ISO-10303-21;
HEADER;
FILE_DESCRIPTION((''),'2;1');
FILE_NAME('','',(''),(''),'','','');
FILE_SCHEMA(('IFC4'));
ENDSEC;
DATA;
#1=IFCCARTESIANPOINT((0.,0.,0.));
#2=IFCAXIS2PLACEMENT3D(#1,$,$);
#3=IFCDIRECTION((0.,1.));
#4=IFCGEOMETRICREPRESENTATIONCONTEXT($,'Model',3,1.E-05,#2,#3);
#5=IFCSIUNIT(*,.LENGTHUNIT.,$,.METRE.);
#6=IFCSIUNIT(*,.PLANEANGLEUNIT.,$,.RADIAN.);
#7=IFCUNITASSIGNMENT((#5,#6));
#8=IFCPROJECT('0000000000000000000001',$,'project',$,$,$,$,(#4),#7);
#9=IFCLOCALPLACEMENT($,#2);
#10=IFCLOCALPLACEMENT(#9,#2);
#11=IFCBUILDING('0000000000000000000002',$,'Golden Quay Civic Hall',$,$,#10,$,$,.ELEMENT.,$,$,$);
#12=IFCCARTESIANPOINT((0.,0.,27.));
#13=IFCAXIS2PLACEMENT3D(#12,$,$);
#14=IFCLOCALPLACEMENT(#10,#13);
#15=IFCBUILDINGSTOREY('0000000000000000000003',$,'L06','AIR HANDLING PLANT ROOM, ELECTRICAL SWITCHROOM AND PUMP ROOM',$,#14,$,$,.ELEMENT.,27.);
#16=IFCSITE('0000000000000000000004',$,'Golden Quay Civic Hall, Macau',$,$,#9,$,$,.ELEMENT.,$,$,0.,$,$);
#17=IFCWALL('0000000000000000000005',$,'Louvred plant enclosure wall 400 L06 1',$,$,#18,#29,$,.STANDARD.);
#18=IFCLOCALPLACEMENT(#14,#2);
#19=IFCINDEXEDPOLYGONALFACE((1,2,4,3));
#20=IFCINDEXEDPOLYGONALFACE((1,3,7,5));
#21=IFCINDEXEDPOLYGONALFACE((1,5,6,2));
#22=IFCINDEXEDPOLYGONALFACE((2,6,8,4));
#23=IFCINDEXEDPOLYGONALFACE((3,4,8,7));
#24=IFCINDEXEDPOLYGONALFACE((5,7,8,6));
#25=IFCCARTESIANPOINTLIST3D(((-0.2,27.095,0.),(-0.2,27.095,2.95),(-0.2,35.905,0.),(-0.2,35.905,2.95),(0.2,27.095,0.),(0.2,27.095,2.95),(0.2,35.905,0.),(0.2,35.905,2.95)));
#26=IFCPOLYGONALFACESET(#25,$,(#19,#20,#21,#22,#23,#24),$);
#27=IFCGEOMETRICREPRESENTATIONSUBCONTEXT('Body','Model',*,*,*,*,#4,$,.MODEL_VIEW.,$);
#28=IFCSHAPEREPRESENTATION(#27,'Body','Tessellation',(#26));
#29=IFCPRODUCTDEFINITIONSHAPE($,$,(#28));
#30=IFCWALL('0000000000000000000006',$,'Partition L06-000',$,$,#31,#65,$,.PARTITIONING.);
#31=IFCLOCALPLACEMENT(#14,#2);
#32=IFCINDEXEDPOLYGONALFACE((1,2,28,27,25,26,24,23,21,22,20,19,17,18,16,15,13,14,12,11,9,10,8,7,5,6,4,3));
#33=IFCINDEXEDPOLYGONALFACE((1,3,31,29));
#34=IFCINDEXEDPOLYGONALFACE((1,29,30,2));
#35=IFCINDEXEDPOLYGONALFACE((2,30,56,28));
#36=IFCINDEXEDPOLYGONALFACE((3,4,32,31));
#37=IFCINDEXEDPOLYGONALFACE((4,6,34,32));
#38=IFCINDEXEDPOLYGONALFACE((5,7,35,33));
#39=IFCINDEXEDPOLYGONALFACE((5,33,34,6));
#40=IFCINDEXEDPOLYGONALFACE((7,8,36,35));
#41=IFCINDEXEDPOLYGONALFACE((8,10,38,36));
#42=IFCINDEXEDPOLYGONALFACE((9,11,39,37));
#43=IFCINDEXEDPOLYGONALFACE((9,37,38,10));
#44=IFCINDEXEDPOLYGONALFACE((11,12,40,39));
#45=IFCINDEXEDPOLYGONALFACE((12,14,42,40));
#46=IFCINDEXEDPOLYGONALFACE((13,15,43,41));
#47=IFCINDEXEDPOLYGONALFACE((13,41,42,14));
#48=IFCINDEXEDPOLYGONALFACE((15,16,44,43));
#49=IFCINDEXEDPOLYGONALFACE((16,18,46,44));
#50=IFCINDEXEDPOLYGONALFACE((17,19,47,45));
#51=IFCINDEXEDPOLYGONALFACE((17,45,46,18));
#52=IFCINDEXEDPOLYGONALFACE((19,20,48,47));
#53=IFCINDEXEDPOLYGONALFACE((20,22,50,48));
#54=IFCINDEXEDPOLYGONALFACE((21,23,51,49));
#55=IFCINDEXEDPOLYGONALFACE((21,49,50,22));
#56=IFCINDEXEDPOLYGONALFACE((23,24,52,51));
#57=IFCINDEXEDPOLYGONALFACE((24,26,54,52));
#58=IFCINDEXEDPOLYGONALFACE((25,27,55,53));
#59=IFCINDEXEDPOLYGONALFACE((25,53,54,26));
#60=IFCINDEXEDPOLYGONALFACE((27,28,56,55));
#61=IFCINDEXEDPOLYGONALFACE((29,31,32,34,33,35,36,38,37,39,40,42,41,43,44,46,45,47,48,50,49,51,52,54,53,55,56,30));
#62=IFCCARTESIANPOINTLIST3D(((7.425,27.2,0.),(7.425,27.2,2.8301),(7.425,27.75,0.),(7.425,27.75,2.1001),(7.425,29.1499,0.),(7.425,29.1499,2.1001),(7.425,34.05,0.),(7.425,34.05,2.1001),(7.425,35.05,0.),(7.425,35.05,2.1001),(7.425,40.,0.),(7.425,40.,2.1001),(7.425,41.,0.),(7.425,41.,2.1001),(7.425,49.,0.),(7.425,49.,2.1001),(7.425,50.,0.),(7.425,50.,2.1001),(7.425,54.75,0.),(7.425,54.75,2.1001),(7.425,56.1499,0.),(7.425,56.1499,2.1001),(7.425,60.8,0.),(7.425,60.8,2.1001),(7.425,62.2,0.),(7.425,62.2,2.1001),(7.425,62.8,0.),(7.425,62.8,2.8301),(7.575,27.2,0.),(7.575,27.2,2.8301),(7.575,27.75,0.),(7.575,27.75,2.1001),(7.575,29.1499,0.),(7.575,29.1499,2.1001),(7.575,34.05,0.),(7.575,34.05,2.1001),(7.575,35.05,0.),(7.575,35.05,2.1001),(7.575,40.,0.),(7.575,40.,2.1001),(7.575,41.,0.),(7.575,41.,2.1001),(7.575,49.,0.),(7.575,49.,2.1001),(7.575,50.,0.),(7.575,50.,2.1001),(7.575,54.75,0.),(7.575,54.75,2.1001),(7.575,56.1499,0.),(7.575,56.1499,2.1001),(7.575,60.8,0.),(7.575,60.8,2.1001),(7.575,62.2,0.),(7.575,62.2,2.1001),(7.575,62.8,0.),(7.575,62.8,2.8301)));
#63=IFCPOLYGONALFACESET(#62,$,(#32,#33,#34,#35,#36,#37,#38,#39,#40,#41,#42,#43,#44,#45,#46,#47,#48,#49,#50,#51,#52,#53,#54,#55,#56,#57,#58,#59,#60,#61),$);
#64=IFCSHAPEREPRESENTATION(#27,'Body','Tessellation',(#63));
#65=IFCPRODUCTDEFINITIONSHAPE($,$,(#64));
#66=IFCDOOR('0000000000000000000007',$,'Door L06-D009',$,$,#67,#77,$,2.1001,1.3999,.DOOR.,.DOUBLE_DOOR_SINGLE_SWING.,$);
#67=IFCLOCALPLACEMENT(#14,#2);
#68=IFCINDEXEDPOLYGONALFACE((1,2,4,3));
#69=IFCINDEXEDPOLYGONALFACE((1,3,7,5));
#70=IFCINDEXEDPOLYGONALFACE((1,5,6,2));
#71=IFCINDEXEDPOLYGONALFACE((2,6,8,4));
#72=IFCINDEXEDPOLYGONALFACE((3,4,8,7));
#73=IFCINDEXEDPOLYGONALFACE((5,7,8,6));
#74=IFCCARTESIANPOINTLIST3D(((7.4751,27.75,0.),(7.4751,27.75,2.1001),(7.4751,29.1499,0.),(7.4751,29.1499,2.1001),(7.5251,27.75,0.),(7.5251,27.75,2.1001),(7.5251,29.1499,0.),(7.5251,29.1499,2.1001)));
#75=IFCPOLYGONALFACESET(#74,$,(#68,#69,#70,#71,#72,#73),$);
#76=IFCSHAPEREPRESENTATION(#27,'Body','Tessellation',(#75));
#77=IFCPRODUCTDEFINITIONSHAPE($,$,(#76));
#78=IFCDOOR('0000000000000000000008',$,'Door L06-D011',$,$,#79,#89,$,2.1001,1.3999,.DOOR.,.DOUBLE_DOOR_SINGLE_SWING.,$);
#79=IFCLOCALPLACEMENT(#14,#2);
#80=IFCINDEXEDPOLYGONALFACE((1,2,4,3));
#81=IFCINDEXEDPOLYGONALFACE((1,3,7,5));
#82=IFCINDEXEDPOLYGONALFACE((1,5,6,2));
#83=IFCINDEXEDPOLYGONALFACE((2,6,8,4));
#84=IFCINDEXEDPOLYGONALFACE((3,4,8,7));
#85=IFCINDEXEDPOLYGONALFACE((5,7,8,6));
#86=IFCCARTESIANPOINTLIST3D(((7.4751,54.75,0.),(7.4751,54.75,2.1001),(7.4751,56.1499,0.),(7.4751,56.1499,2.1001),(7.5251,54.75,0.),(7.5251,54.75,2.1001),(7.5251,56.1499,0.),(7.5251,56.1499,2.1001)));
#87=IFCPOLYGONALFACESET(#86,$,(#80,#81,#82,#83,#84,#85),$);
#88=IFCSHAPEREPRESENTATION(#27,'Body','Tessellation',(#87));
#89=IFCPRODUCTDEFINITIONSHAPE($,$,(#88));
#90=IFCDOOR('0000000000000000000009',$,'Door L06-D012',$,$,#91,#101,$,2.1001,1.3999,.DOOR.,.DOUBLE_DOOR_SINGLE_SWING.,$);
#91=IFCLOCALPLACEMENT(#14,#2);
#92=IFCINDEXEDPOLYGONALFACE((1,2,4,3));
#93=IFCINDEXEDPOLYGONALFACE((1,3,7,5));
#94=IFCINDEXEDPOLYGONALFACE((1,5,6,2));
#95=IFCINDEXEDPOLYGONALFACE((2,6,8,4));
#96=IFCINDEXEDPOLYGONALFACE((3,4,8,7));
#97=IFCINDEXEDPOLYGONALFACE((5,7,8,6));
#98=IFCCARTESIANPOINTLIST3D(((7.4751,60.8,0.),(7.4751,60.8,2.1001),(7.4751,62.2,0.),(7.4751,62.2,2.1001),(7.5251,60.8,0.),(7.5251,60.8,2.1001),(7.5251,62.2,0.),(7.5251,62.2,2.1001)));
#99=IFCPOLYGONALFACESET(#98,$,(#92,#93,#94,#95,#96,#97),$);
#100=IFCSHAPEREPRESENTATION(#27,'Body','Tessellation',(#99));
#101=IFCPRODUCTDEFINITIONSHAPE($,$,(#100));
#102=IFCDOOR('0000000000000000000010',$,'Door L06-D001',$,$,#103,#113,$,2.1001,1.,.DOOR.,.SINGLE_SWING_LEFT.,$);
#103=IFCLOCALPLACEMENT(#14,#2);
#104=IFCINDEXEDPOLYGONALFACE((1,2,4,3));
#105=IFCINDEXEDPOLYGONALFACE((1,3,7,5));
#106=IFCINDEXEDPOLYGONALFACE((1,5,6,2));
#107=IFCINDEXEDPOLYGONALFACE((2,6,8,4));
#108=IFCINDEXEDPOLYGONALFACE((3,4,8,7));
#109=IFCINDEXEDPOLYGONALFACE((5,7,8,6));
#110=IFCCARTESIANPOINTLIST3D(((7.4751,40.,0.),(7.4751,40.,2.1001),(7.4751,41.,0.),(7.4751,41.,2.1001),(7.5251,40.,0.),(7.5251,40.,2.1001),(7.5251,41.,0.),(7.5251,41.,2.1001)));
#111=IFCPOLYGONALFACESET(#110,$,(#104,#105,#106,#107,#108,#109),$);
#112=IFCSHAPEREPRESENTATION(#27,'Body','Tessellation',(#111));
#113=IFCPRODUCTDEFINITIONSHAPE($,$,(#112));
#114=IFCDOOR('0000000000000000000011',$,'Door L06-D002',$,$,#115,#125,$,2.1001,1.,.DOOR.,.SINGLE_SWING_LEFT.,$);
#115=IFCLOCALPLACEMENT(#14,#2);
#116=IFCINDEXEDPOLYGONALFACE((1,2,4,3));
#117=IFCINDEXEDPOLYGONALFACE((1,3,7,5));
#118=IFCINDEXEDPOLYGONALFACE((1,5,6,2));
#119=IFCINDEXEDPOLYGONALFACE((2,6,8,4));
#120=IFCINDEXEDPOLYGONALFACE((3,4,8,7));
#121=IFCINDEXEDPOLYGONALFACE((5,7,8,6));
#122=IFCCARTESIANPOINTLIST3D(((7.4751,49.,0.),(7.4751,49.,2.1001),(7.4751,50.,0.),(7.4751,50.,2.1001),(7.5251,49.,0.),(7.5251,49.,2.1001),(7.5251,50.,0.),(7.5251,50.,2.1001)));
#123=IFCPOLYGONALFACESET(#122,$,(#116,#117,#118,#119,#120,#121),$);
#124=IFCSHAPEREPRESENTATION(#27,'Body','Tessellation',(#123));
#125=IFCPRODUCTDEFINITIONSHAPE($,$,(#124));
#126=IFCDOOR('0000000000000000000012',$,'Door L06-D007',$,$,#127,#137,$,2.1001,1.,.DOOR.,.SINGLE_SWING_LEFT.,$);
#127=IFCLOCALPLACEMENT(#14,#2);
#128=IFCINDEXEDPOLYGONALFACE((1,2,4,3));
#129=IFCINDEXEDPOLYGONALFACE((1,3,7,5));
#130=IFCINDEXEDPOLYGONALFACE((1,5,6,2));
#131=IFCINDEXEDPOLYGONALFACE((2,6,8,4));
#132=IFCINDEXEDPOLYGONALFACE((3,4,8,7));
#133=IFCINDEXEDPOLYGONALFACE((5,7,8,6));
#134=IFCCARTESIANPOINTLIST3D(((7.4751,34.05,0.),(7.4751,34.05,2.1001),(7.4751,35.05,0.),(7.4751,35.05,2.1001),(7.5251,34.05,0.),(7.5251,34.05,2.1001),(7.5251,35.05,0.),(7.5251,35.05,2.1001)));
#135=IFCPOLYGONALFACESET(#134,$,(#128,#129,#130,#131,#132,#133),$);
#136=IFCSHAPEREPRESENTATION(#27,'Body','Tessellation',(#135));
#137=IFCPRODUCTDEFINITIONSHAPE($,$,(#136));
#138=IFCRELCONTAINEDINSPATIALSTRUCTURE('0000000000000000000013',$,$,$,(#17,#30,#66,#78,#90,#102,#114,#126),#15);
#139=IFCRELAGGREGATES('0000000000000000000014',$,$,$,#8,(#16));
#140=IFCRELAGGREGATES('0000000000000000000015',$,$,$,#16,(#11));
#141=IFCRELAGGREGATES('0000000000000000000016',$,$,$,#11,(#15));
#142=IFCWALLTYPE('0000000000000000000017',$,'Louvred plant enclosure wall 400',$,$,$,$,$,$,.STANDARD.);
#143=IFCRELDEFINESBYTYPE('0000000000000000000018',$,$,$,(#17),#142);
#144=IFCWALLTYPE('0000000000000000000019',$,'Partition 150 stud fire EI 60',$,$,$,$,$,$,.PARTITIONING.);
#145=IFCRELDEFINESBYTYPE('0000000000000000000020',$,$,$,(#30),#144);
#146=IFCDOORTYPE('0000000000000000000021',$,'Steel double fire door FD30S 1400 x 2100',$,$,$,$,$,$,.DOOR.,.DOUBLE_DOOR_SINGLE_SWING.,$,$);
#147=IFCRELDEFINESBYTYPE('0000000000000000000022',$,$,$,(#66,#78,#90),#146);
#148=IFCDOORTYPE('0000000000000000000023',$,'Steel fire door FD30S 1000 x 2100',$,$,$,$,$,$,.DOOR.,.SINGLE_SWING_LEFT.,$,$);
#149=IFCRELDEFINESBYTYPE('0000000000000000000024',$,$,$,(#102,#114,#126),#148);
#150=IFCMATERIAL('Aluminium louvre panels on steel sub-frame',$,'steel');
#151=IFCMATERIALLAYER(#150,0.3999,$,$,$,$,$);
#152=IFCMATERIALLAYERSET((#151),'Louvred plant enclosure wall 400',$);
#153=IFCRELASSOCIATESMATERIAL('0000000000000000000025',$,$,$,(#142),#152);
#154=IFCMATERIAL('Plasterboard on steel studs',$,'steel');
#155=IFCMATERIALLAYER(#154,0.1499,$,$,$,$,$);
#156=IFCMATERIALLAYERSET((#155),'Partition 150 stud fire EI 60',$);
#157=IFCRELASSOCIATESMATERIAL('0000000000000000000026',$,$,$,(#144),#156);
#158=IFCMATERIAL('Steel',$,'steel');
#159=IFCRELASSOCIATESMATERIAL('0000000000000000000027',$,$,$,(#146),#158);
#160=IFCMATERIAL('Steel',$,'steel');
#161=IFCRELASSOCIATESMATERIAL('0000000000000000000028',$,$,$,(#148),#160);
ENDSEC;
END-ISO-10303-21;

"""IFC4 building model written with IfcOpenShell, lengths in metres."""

from ifc_helpers import new_model, si_unit, direction, frame, frame_2d, origin, place, context, subcontext, project, spatial, rectangle, extrude, material, layer, layer_set, type_object, element, fill, save


model = new_model("IFC4")

# Units and contexts
model_context = context("Model", 3, precision=1e-05, world=origin(), true_north=direction((0.0, 1.0)))
body_context = subcontext(model_context, "Body", "Model", "MODEL_VIEW")
ifc_project = project(units=[si_unit("LENGTHUNIT", "METRE"), si_unit("PLANEANGLEUNIT", "RADIAN")], contexts=[model_context])

# Site, building, storey
site_placement = place(None, origin())
site = spatial("IfcSite", under=ifc_project, at=site_placement, Name="Golden Quay Civic Hall, Macau", CompositionType="ELEMENT", RefElevation=0.0)
building_placement = place(site_placement, origin())
building = spatial("IfcBuilding", under=site, at=building_placement, Name="Golden Quay Civic Hall", CompositionType="ELEMENT")
storey_placement = place(building_placement, frame((0.0, 0.0, 27.0)))
storey = spatial("IfcBuildingStorey", under=building, at=storey_placement, Name="L06", Description="AIR HANDLING PLANT ROOM, ELECTRICAL SWITCHROOM AND PUMP ROOM", CompositionType="ELEMENT", Elevation=27.0)

# Wall
ifc_material_1 = material(Name="Aluminium louvre panels on steel sub-frame", Category="steel")
ifc_layer_1 = layer(ifc_material_1, 0.3999)
ifc_layer_set_1 = layer_set([ifc_layer_1], Name="Louvred plant enclosure wall 400")
wall_type_1 = type_object("IfcWallType", Name="Louvred plant enclosure wall 400", PredefinedType="STANDARD", material=ifc_layer_set_1)
wall_1_placement = place(storey_placement, frame((0.0, 27.095, 0.0), z_axis=(0.0, 0.0, 1.0), x_axis=(0.0, 1.0, 0.0)))
element("IfcWall", 1, at=wall_1_placement, inside=storey, type_object=wall_type_1, Name="Louvred plant enclosure wall 400 L06 1", PredefinedType="STANDARD", context=body_context, shape_type="SweptSolid", body=[
    extrude(rectangle(XDim=8.8101, YDim=0.3999, at=frame_2d((4.405, 0.0))), origin(), (0.0, 0.0, 1.0), 2.95),
])

# Wall, openings, doors
ifc_material_2 = material(Name="Plasterboard on steel studs", Category="steel")
ifc_layer_2 = layer(ifc_material_2, 0.1499)
ifc_layer_set_2 = layer_set([ifc_layer_2], Name="Partition 150 stud fire EI 60")
wall_type_2 = type_object("IfcWallType", Name="Partition 150 stud fire EI 60", PredefinedType="PARTITIONING", material=ifc_layer_set_2)
wall_2_placement = place(storey_placement, frame((7.5, 27.2, 0.0), z_axis=(0.0, 0.0, 1.0), x_axis=(0.0, 1.0, 0.0)))
wall_2 = element("IfcWall", 2, at=wall_2_placement, inside=storey, type_object=wall_type_2, Name="Partition L06-000", PredefinedType="PARTITIONING", context=body_context, shape_type="SweptSolid", body=[
    extrude(rectangle(XDim=35.6001, YDim=0.1499, at=frame_2d((17.8, 0.0))), origin(), (0.0, 0.0, 1.0), 2.8301),
])
opening_1_placement = place(wall_2_placement, frame((12.8, 0.0, 0.0)))
opening_1 = element("IfcOpeningElement", 3, at=opening_1_placement, cuts=wall_2, PredefinedType="OPENING", context=body_context, shape_type="SweptSolid", body=[
    extrude(rectangle(XDim=1.0, YDim=2.1001, at=frame_2d((0.5, 1.05))), frame((0.0, 0.085, 0.0), z_axis=(0.0, -1.0, 0.0), x_axis=(1.0, 0.0, 0.0)), (0.0, 0.0, 1.0), 0.1699),
])
opening_2_placement = place(wall_2_placement, frame((21.8, 0.0, 0.0)))
opening_2 = element("IfcOpeningElement", 4, at=opening_2_placement, cuts=wall_2, PredefinedType="OPENING", context=body_context, shape_type="SweptSolid", body=[
    extrude(rectangle(XDim=1.0, YDim=2.1001, at=frame_2d((0.5, 1.05))), frame((0.0, 0.085, 0.0), z_axis=(0.0, -1.0, 0.0), x_axis=(1.0, 0.0, 0.0)), (0.0, 0.0, 1.0), 0.1699),
])
opening_3_placement = place(wall_2_placement, frame((6.8501, 0.0, 0.0)))
opening_3 = element("IfcOpeningElement", 5, at=opening_3_placement, cuts=wall_2, PredefinedType="OPENING", context=body_context, shape_type="SweptSolid", body=[
    extrude(rectangle(XDim=1.0, YDim=2.1001, at=frame_2d((0.5, 1.05))), frame((0.0, 0.085, 0.0), z_axis=(0.0, -1.0, 0.0), x_axis=(1.0, 0.0, 0.0)), (0.0, 0.0, 1.0), 0.1699),
])
opening_4_placement = place(wall_2_placement, frame((0.55, 0.0, 0.0)))
opening_4 = element("IfcOpeningElement", 6, at=opening_4_placement, cuts=wall_2, PredefinedType="OPENING", context=body_context, shape_type="SweptSolid", body=[
    extrude(rectangle(XDim=1.3999, YDim=2.1001, at=frame_2d((0.7, 1.05))), frame((0.0, 0.085, 0.0), z_axis=(0.0, -1.0, 0.0), x_axis=(1.0, 0.0, 0.0)), (0.0, 0.0, 1.0), 0.1699),
])
opening_5_placement = place(wall_2_placement, frame((27.55, 0.0, 0.0)))
opening_5 = element("IfcOpeningElement", 7, at=opening_5_placement, cuts=wall_2, PredefinedType="OPENING", context=body_context, shape_type="SweptSolid", body=[
    extrude(rectangle(XDim=1.3999, YDim=2.1001, at=frame_2d((0.7, 1.05))), frame((0.0, 0.085, 0.0), z_axis=(0.0, -1.0, 0.0), x_axis=(1.0, 0.0, 0.0)), (0.0, 0.0, 1.0), 0.1699),
])
opening_6_placement = place(wall_2_placement, frame((33.6001, 0.0, 0.0)))
opening_6 = element("IfcOpeningElement", 8, at=opening_6_placement, cuts=wall_2, PredefinedType="OPENING", context=body_context, shape_type="SweptSolid", body=[
    extrude(rectangle(XDim=1.3999, YDim=2.1001, at=frame_2d((0.7, 1.05))), frame((0.0, 0.085, 0.0), z_axis=(0.0, -1.0, 0.0), x_axis=(1.0, 0.0, 0.0)), (0.0, 0.0, 1.0), 0.1699),
])
ifc_material_3 = material(Name="Steel", Category="steel")
door_type_1 = type_object("IfcDoorType", Name="Steel double fire door FD30S 1400 x 2100", OperationType="DOUBLE_DOOR_SINGLE_SWING", PredefinedType="DOOR", material=ifc_material_3)
door_1_placement = place(opening_4_placement, frame((1.3999, 0.0, 0.0), z_axis=(0.0, 0.0, 1.0), x_axis=(-1.0, 0.0, 0.0)))
door_1 = element("IfcDoor", 9, at=door_1_placement, inside=storey, type_object=door_type_1, Name="Door L06-D009", OperationType="DOUBLE_DOOR_SINGLE_SWING", OverallHeight=2.1001, OverallWidth=1.3999, PredefinedType="DOOR", context=body_context, shape_type="SweptSolid", body=[
    extrude(rectangle(XDim=1.3999, YDim=2.1001, at=frame_2d((0.7, 1.05))), frame((0.0, 0.0251, 0.0), z_axis=(0.0, -1.0, 0.0), x_axis=(1.0, 0.0, 0.0)), (0.0, 0.0, 1.0), 0.05),
])
fill(opening_4, door_1)
door_2_placement = place(opening_5_placement, frame((1.3999, 0.0, 0.0), z_axis=(0.0, 0.0, 1.0), x_axis=(-1.0, 0.0, 0.0)))
door_2 = element("IfcDoor", 10, at=door_2_placement, inside=storey, type_object=door_type_1, Name="Door L06-D011", OperationType="DOUBLE_DOOR_SINGLE_SWING", OverallHeight=2.1001, OverallWidth=1.3999, PredefinedType="DOOR", context=body_context, shape_type="SweptSolid", body=[
    extrude(rectangle(XDim=1.3999, YDim=2.1001, at=frame_2d((0.7, 1.05))), frame((0.0, 0.0251, 0.0), z_axis=(0.0, -1.0, 0.0), x_axis=(1.0, 0.0, 0.0)), (0.0, 0.0, 1.0), 0.05),
])
fill(opening_5, door_2)
door_3_placement = place(opening_6_placement, frame((1.3999, 0.0, 0.0), z_axis=(0.0, 0.0, 1.0), x_axis=(-1.0, 0.0, 0.0)))
door_3 = element("IfcDoor", 11, at=door_3_placement, inside=storey, type_object=door_type_1, Name="Door L06-D012", OperationType="DOUBLE_DOOR_SINGLE_SWING", OverallHeight=2.1001, OverallWidth=1.3999, PredefinedType="DOOR", context=body_context, shape_type="SweptSolid", body=[
    extrude(rectangle(XDim=1.3999, YDim=2.1001, at=frame_2d((0.7, 1.05))), frame((0.0, 0.0251, 0.0), z_axis=(0.0, -1.0, 0.0), x_axis=(1.0, 0.0, 0.0)), (0.0, 0.0, 1.0), 0.05),
])
fill(opening_6, door_3)
ifc_material_4 = material(Name="Steel", Category="steel")
door_type_2 = type_object("IfcDoorType", Name="Steel fire door FD30S 1000 x 2100", OperationType="SINGLE_SWING_LEFT", PredefinedType="DOOR", material=ifc_material_4)
door_4_placement = place(opening_1_placement, origin())
door_4 = element("IfcDoor", 12, at=door_4_placement, inside=storey, type_object=door_type_2, Name="Door L06-D001", OperationType="SINGLE_SWING_LEFT", OverallHeight=2.1001, OverallWidth=1.0, PredefinedType="DOOR", context=body_context, shape_type="SweptSolid", body=[
    extrude(rectangle(XDim=1.0, YDim=2.1001, at=frame_2d((0.5, 1.05))), frame((0.0, 0.0249, 0.0), z_axis=(0.0, -1.0, 0.0), x_axis=(1.0, 0.0, 0.0)), (0.0, 0.0, 1.0), 0.05),
])
fill(opening_1, door_4)
door_5_placement = place(opening_2_placement, origin())
door_5 = element("IfcDoor", 13, at=door_5_placement, inside=storey, type_object=door_type_2, Name="Door L06-D002", OperationType="SINGLE_SWING_LEFT", OverallHeight=2.1001, OverallWidth=1.0, PredefinedType="DOOR", context=body_context, shape_type="SweptSolid", body=[
    extrude(rectangle(XDim=1.0, YDim=2.1001, at=frame_2d((0.5, 1.05))), frame((0.0, 0.0249, 0.0), z_axis=(0.0, -1.0, 0.0), x_axis=(1.0, 0.0, 0.0)), (0.0, 0.0, 1.0), 0.05),
])
fill(opening_2, door_5)
door_6_placement = place(opening_3_placement, origin())
door_6 = element("IfcDoor", 14, at=door_6_placement, inside=storey, type_object=door_type_2, Name="Door L06-D007", OperationType="SINGLE_SWING_LEFT", OverallHeight=2.1001, OverallWidth=1.0, PredefinedType="DOOR", context=body_context, shape_type="SweptSolid", body=[
    extrude(rectangle(XDim=1.0, YDim=2.1001, at=frame_2d((0.5, 1.05))), frame((0.0, 0.0249, 0.0), z_axis=(0.0, -1.0, 0.0), x_axis=(1.0, 0.0, 0.0)), (0.0, 0.0, 1.0), 0.05),
])
fill(opening_3, door_6)

save(model, "model.ifc")
